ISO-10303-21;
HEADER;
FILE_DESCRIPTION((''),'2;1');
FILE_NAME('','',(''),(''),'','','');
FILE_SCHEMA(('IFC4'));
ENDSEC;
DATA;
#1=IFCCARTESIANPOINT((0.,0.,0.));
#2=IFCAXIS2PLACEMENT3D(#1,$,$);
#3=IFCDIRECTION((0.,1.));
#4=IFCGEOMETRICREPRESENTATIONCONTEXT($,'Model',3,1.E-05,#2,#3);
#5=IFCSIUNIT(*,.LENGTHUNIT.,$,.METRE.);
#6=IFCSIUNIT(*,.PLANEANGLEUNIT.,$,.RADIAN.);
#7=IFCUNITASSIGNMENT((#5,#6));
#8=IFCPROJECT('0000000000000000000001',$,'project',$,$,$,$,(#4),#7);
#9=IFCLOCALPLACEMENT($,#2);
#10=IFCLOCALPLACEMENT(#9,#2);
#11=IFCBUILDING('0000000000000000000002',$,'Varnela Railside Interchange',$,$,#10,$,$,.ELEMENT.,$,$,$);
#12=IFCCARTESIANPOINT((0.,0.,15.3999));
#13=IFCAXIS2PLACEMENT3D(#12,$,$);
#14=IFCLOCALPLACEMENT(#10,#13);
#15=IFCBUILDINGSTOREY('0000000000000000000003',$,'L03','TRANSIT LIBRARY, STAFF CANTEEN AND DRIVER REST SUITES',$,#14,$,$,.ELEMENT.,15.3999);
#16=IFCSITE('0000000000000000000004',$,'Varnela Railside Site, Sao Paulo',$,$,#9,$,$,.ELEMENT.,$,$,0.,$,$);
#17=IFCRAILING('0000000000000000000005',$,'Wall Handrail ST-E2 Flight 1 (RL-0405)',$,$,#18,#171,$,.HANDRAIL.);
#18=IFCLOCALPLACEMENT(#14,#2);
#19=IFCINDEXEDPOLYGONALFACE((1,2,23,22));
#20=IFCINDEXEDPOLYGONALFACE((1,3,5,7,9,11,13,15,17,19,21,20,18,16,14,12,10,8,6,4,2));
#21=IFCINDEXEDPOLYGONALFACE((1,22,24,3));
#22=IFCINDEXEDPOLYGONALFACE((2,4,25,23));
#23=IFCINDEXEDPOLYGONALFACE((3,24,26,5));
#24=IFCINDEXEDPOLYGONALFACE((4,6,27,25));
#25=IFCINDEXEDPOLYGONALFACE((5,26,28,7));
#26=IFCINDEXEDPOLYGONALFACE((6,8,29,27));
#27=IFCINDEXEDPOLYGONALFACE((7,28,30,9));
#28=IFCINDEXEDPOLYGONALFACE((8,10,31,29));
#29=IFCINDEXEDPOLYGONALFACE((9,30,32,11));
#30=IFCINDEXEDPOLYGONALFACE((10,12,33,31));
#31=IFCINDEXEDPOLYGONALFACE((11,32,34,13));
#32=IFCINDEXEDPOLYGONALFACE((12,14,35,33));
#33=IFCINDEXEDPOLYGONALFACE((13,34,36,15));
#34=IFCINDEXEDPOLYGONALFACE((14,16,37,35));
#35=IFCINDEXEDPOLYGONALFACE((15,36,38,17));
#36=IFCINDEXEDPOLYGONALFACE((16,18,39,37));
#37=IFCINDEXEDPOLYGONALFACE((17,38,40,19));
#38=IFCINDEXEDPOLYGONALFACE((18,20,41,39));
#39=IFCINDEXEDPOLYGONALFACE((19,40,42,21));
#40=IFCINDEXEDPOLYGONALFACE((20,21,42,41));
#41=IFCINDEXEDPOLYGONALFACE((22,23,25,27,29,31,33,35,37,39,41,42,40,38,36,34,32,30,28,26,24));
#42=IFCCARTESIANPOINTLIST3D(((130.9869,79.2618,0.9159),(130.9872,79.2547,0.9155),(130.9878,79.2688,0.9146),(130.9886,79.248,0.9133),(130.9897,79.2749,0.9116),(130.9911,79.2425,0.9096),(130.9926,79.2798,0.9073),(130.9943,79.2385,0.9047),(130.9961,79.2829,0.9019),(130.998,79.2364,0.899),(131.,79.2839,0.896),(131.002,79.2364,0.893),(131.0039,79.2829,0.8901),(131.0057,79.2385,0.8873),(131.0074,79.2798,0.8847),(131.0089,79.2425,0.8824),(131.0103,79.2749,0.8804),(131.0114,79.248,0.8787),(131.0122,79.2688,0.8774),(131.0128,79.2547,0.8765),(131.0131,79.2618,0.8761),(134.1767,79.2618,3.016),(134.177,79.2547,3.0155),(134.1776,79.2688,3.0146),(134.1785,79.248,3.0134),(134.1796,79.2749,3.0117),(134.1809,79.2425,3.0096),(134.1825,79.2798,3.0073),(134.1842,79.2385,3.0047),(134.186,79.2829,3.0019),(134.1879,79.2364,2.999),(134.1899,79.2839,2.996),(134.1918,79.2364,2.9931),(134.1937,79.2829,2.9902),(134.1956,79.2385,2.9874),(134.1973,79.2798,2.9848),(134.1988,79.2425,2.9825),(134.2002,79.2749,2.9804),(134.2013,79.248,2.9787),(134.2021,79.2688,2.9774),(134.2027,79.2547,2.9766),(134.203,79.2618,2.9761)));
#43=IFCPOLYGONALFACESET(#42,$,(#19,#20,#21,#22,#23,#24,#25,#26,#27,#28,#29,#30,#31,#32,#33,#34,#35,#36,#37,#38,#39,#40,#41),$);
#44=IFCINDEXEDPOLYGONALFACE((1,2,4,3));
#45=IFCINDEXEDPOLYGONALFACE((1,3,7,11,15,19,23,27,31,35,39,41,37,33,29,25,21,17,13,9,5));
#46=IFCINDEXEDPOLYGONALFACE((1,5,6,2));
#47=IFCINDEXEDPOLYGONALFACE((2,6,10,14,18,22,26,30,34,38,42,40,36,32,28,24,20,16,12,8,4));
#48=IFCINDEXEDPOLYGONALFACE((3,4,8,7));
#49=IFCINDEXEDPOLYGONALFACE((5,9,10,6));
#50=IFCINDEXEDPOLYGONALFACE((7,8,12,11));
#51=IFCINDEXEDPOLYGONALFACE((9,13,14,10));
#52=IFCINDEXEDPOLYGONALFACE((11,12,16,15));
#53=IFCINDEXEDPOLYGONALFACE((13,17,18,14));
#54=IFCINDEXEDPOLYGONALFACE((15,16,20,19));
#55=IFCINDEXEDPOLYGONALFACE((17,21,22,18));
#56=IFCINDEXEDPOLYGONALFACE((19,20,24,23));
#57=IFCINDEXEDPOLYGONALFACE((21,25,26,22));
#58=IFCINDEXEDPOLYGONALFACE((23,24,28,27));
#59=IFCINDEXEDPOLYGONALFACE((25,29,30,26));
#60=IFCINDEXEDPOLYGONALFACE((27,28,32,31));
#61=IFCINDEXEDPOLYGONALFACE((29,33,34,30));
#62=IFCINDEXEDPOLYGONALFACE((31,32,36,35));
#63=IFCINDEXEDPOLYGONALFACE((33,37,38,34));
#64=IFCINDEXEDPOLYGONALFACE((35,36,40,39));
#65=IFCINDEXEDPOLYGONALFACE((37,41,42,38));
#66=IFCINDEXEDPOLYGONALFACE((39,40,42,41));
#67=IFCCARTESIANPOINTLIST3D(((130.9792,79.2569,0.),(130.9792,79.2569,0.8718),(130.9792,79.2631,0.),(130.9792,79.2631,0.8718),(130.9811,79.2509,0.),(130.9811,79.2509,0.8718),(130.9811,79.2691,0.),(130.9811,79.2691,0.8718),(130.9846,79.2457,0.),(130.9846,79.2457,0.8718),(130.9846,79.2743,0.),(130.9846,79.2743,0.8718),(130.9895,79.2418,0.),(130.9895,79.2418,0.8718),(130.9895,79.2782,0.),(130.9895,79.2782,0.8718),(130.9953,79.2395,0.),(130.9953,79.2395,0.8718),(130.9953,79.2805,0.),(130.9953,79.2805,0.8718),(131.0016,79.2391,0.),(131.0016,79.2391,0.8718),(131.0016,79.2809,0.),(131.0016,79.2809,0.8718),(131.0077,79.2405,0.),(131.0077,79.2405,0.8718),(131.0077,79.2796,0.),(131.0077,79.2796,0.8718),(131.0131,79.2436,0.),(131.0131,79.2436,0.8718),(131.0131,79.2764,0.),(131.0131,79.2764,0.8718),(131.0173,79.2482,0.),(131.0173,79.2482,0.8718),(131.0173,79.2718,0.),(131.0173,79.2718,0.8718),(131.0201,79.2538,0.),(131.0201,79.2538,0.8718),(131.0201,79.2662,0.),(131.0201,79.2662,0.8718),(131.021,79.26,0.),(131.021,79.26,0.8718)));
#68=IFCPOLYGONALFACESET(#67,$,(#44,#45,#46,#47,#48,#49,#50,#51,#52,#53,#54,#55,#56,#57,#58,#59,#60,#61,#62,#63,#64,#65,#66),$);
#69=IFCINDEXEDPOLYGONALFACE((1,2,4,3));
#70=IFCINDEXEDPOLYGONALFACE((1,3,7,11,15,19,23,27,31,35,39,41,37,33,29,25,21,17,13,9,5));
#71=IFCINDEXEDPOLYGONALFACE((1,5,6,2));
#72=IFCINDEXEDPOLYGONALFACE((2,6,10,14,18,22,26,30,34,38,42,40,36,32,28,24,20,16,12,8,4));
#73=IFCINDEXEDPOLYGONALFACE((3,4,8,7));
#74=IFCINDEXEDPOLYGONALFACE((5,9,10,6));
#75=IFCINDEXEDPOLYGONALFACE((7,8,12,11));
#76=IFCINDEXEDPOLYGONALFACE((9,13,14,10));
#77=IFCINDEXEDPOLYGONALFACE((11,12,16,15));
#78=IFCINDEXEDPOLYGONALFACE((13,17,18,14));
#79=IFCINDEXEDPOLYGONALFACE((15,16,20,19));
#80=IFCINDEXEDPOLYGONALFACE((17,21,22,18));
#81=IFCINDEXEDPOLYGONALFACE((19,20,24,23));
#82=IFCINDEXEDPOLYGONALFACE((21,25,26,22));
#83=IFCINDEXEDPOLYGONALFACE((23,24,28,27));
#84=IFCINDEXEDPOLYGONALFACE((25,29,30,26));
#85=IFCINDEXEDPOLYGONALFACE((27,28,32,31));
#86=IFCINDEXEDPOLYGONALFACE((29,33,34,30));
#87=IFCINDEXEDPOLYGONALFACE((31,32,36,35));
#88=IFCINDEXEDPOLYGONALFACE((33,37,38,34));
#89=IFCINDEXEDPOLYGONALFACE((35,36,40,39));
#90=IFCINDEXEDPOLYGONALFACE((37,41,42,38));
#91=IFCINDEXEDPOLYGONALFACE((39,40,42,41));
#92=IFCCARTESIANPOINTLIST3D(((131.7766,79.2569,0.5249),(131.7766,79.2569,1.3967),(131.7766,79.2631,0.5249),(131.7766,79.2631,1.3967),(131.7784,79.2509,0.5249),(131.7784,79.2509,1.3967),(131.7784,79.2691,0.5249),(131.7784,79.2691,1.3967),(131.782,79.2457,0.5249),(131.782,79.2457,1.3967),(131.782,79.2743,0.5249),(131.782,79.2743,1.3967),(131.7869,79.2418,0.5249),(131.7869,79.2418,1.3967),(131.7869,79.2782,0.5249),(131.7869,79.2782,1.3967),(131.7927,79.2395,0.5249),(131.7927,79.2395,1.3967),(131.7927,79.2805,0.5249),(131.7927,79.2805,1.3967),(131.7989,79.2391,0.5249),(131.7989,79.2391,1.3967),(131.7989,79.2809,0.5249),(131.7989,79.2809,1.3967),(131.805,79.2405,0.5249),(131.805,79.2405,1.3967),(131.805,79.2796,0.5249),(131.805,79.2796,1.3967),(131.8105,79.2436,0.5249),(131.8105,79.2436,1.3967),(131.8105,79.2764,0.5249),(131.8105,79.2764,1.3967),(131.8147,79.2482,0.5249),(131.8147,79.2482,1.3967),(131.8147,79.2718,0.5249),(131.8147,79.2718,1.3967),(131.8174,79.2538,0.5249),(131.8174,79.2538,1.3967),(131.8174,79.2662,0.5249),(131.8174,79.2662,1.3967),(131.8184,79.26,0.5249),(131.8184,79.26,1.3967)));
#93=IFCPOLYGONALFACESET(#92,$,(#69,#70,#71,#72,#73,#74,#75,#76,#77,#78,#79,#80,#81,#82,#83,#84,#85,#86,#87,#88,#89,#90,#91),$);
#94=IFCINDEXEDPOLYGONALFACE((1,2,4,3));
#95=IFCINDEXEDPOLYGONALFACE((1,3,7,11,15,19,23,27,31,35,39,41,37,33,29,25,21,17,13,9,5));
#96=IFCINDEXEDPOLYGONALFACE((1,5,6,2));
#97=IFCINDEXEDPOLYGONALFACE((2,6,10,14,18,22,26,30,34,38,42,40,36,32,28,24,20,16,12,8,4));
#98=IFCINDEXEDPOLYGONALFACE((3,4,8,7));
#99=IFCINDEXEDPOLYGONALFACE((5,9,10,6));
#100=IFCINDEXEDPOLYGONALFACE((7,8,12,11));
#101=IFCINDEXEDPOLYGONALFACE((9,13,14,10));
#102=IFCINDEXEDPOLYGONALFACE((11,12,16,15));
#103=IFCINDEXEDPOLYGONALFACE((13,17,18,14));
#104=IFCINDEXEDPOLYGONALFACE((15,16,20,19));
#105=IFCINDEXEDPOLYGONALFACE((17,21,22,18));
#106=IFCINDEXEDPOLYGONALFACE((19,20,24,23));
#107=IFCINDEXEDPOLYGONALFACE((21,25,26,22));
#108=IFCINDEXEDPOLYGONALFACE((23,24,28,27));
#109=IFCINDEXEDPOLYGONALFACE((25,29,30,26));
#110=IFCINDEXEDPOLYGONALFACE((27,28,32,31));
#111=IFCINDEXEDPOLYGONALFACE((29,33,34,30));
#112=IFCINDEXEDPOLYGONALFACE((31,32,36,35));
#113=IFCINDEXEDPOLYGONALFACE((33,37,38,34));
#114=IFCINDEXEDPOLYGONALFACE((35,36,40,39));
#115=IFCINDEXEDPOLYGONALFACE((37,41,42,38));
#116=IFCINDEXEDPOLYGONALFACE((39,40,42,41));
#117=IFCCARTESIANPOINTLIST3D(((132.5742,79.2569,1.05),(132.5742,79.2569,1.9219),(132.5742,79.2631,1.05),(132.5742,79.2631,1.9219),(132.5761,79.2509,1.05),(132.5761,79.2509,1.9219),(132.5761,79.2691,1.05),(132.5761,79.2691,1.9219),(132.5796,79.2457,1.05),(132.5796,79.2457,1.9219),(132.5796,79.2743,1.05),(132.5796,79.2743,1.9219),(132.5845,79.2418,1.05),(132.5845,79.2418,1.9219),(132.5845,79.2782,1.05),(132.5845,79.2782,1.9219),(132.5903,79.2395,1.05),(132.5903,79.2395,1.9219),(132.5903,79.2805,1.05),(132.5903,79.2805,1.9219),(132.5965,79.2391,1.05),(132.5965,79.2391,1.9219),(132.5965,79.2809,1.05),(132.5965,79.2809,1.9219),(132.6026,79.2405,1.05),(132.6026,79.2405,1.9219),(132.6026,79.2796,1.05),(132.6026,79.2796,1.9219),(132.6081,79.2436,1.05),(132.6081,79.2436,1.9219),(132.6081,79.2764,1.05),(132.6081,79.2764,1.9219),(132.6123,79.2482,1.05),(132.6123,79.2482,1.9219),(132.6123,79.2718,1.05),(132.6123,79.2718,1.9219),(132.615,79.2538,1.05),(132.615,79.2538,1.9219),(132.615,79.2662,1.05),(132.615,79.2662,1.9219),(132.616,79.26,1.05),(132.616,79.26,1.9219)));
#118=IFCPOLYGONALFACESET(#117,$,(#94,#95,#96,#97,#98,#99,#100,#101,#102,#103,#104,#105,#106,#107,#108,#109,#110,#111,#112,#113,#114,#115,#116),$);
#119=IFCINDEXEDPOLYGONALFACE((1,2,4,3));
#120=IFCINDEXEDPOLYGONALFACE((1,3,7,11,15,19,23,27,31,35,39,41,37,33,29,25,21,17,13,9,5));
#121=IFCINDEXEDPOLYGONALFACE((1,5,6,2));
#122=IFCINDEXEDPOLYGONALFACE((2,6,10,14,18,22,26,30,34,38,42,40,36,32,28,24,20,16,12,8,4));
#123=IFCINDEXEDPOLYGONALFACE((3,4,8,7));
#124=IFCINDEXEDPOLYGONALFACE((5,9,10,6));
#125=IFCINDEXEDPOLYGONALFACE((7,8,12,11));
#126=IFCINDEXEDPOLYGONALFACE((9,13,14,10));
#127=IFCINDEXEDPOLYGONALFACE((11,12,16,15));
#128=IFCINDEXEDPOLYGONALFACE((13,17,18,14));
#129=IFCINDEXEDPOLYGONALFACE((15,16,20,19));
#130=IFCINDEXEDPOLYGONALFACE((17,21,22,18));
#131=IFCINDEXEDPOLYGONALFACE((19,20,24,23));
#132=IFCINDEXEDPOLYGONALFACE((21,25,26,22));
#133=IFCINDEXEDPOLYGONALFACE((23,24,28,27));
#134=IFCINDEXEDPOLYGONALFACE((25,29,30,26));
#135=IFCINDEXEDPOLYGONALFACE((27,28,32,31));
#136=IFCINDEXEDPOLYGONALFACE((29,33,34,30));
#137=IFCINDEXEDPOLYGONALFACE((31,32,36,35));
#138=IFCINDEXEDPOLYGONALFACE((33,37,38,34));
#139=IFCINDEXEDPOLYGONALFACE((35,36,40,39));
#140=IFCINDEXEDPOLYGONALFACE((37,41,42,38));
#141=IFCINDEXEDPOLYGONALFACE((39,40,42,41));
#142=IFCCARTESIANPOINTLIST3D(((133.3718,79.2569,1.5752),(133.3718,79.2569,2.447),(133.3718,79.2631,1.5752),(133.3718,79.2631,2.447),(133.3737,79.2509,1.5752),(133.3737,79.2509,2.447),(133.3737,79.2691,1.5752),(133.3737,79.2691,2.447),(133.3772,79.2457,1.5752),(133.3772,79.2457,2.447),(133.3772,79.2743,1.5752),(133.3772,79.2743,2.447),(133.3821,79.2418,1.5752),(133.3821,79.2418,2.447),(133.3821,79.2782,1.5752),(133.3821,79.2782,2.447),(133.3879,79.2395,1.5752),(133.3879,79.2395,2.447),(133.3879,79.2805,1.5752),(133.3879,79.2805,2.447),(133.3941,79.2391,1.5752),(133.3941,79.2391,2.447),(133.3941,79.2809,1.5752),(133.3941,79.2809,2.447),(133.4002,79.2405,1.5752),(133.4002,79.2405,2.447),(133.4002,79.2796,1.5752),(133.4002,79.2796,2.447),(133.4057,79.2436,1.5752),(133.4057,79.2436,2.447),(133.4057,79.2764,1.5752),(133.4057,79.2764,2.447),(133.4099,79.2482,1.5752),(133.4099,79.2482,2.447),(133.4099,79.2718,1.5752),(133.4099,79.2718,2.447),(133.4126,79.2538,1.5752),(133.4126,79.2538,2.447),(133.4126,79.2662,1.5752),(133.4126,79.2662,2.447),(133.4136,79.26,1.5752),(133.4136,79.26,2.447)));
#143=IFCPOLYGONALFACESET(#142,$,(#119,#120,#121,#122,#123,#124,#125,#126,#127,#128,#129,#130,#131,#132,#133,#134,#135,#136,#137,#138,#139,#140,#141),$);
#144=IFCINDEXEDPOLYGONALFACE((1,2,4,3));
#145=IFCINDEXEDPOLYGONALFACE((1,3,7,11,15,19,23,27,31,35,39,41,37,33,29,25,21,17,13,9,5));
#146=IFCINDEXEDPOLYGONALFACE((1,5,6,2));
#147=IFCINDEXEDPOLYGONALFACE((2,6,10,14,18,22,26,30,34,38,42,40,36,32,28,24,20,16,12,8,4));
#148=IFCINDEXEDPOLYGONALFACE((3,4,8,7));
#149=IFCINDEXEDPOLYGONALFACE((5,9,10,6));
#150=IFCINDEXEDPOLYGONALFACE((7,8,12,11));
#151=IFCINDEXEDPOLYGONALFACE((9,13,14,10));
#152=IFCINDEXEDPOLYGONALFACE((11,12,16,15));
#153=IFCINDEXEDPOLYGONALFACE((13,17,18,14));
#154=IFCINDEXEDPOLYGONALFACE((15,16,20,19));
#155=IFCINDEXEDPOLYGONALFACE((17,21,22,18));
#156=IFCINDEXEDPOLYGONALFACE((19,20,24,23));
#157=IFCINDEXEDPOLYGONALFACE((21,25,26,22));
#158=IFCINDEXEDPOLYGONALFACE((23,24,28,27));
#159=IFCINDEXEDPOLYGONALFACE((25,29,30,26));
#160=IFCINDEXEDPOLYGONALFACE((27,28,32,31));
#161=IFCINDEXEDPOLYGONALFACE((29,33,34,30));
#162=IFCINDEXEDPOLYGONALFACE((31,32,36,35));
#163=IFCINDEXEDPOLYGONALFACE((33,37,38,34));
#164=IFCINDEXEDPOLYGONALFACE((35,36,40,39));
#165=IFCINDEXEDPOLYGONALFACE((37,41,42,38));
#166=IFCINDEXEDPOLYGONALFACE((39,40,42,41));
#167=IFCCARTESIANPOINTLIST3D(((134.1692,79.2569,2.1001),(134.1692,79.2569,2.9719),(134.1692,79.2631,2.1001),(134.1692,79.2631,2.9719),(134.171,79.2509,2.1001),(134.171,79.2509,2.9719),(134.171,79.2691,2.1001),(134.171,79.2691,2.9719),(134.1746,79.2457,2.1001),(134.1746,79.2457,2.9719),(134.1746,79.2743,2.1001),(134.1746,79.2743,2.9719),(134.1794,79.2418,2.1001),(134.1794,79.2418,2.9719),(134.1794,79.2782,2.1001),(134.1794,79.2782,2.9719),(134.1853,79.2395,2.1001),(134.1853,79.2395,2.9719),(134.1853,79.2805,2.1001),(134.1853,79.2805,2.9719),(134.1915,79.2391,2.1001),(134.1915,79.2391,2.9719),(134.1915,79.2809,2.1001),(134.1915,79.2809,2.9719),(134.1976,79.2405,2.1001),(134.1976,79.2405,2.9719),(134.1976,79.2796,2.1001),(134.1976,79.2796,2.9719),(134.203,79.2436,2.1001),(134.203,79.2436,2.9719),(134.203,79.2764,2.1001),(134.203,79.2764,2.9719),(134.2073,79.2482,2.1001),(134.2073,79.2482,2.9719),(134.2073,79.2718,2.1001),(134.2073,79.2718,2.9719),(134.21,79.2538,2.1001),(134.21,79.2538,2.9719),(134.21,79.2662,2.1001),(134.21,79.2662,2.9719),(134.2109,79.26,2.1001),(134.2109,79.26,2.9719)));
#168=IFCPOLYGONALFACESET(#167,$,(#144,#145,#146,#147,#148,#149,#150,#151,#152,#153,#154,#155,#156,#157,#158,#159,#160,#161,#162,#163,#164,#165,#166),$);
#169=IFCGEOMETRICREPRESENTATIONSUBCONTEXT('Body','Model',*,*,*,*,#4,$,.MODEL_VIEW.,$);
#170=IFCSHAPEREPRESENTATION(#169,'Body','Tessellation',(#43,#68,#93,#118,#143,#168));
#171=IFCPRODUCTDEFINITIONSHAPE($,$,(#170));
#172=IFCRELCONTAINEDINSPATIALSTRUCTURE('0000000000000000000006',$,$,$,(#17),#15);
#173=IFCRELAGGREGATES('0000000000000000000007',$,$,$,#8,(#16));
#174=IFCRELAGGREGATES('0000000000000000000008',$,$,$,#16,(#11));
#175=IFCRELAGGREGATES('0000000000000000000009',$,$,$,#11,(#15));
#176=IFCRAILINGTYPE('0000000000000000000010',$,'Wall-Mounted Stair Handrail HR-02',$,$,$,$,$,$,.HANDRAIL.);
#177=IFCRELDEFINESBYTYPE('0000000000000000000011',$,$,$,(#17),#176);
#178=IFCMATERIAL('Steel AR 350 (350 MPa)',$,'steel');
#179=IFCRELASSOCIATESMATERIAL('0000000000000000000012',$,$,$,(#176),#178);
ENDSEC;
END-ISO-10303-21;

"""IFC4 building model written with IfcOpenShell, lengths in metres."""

from ifc_helpers import new_model, si_unit, direction, frame, origin, origin_2d, place, context, subcontext, project, spatial, circle, extrude, material, type_object, element, save


model = new_model("IFC4")

# Units and contexts
model_context = context("Model", 3, precision=1e-05, world=origin(), true_north=direction((0.0, 1.0)))
body_context = subcontext(model_context, "Body", "Model", "MODEL_VIEW")
ifc_project = project(units=[si_unit("LENGTHUNIT", "METRE"), si_unit("PLANEANGLEUNIT", "RADIAN")], contexts=[model_context])

# Site, building, storey
site_placement = place(None, origin())
site = spatial("IfcSite", under=ifc_project, at=site_placement, Name="Varnela Railside Site, Sao Paulo", CompositionType="ELEMENT", RefElevation=0.0)
building_placement = place(site_placement, origin())
building = spatial("IfcBuilding", under=site, at=building_placement, Name="Varnela Railside Interchange", CompositionType="ELEMENT")
storey_placement = place(building_placement, frame((0.0, 0.0, 15.3999)))
storey = spatial("IfcBuildingStorey", under=building, at=storey_placement, Name="L03", Description="TRANSIT LIBRARY, STAFF CANTEEN AND DRIVER REST SUITES", CompositionType="ELEMENT", Elevation=15.3999)

# Shared definitions
ifc_material_1 = material(Name="Steel AR 350 (350 MPa)", Category="steel")

# Railing
railing_type_1 = type_object("IfcRailingType", Name="Wall-Mounted Stair Handrail HR-02", PredefinedType="HANDRAIL", material=ifc_material_1)
railing_1_placement = place(storey_placement, frame((131.0, 79.26, 0.0)))
element("IfcRailing", 1, at=railing_1_placement, inside=storey, type_object=railing_type_1, Name="Wall Handrail ST-E2 Flight 1 (RL-0405)", PredefinedType="HANDRAIL", context=body_context, shape_type="SweptSolid", body=[
    extrude(circle(Radius=0.0239, at=origin_2d()), frame((0.0, 0.0, 0.896), z_axis=(0.835242, 0.0, 0.549882), x_axis=(0.0, 1.0, 0.0)), (0.0, 0.0, 1.0), 3.8191),
    extrude(circle(Radius=0.021, at=origin_2d()), origin(), (0.0, 0.0, 1.0), 0.8718),
    extrude(circle(Radius=0.021, at=origin_2d()), frame((0.7974, 0.0, 0.5249)), (0.0, 0.0, 1.0), 0.8718),
    extrude(circle(Radius=0.021, at=origin_2d()), frame((1.595, 0.0, 1.05)), (0.0, 0.0, 1.0), 0.8718),
    extrude(circle(Radius=0.021, at=origin_2d()), frame((2.3926, 0.0, 1.5752)), (0.0, 0.0, 1.0), 0.8718),
    extrude(circle(Radius=0.021, at=origin_2d()), frame((3.1899, 0.0, 2.1001)), (0.0, 0.0, 1.0), 0.8718),
])

save(model, "model.ifc")
